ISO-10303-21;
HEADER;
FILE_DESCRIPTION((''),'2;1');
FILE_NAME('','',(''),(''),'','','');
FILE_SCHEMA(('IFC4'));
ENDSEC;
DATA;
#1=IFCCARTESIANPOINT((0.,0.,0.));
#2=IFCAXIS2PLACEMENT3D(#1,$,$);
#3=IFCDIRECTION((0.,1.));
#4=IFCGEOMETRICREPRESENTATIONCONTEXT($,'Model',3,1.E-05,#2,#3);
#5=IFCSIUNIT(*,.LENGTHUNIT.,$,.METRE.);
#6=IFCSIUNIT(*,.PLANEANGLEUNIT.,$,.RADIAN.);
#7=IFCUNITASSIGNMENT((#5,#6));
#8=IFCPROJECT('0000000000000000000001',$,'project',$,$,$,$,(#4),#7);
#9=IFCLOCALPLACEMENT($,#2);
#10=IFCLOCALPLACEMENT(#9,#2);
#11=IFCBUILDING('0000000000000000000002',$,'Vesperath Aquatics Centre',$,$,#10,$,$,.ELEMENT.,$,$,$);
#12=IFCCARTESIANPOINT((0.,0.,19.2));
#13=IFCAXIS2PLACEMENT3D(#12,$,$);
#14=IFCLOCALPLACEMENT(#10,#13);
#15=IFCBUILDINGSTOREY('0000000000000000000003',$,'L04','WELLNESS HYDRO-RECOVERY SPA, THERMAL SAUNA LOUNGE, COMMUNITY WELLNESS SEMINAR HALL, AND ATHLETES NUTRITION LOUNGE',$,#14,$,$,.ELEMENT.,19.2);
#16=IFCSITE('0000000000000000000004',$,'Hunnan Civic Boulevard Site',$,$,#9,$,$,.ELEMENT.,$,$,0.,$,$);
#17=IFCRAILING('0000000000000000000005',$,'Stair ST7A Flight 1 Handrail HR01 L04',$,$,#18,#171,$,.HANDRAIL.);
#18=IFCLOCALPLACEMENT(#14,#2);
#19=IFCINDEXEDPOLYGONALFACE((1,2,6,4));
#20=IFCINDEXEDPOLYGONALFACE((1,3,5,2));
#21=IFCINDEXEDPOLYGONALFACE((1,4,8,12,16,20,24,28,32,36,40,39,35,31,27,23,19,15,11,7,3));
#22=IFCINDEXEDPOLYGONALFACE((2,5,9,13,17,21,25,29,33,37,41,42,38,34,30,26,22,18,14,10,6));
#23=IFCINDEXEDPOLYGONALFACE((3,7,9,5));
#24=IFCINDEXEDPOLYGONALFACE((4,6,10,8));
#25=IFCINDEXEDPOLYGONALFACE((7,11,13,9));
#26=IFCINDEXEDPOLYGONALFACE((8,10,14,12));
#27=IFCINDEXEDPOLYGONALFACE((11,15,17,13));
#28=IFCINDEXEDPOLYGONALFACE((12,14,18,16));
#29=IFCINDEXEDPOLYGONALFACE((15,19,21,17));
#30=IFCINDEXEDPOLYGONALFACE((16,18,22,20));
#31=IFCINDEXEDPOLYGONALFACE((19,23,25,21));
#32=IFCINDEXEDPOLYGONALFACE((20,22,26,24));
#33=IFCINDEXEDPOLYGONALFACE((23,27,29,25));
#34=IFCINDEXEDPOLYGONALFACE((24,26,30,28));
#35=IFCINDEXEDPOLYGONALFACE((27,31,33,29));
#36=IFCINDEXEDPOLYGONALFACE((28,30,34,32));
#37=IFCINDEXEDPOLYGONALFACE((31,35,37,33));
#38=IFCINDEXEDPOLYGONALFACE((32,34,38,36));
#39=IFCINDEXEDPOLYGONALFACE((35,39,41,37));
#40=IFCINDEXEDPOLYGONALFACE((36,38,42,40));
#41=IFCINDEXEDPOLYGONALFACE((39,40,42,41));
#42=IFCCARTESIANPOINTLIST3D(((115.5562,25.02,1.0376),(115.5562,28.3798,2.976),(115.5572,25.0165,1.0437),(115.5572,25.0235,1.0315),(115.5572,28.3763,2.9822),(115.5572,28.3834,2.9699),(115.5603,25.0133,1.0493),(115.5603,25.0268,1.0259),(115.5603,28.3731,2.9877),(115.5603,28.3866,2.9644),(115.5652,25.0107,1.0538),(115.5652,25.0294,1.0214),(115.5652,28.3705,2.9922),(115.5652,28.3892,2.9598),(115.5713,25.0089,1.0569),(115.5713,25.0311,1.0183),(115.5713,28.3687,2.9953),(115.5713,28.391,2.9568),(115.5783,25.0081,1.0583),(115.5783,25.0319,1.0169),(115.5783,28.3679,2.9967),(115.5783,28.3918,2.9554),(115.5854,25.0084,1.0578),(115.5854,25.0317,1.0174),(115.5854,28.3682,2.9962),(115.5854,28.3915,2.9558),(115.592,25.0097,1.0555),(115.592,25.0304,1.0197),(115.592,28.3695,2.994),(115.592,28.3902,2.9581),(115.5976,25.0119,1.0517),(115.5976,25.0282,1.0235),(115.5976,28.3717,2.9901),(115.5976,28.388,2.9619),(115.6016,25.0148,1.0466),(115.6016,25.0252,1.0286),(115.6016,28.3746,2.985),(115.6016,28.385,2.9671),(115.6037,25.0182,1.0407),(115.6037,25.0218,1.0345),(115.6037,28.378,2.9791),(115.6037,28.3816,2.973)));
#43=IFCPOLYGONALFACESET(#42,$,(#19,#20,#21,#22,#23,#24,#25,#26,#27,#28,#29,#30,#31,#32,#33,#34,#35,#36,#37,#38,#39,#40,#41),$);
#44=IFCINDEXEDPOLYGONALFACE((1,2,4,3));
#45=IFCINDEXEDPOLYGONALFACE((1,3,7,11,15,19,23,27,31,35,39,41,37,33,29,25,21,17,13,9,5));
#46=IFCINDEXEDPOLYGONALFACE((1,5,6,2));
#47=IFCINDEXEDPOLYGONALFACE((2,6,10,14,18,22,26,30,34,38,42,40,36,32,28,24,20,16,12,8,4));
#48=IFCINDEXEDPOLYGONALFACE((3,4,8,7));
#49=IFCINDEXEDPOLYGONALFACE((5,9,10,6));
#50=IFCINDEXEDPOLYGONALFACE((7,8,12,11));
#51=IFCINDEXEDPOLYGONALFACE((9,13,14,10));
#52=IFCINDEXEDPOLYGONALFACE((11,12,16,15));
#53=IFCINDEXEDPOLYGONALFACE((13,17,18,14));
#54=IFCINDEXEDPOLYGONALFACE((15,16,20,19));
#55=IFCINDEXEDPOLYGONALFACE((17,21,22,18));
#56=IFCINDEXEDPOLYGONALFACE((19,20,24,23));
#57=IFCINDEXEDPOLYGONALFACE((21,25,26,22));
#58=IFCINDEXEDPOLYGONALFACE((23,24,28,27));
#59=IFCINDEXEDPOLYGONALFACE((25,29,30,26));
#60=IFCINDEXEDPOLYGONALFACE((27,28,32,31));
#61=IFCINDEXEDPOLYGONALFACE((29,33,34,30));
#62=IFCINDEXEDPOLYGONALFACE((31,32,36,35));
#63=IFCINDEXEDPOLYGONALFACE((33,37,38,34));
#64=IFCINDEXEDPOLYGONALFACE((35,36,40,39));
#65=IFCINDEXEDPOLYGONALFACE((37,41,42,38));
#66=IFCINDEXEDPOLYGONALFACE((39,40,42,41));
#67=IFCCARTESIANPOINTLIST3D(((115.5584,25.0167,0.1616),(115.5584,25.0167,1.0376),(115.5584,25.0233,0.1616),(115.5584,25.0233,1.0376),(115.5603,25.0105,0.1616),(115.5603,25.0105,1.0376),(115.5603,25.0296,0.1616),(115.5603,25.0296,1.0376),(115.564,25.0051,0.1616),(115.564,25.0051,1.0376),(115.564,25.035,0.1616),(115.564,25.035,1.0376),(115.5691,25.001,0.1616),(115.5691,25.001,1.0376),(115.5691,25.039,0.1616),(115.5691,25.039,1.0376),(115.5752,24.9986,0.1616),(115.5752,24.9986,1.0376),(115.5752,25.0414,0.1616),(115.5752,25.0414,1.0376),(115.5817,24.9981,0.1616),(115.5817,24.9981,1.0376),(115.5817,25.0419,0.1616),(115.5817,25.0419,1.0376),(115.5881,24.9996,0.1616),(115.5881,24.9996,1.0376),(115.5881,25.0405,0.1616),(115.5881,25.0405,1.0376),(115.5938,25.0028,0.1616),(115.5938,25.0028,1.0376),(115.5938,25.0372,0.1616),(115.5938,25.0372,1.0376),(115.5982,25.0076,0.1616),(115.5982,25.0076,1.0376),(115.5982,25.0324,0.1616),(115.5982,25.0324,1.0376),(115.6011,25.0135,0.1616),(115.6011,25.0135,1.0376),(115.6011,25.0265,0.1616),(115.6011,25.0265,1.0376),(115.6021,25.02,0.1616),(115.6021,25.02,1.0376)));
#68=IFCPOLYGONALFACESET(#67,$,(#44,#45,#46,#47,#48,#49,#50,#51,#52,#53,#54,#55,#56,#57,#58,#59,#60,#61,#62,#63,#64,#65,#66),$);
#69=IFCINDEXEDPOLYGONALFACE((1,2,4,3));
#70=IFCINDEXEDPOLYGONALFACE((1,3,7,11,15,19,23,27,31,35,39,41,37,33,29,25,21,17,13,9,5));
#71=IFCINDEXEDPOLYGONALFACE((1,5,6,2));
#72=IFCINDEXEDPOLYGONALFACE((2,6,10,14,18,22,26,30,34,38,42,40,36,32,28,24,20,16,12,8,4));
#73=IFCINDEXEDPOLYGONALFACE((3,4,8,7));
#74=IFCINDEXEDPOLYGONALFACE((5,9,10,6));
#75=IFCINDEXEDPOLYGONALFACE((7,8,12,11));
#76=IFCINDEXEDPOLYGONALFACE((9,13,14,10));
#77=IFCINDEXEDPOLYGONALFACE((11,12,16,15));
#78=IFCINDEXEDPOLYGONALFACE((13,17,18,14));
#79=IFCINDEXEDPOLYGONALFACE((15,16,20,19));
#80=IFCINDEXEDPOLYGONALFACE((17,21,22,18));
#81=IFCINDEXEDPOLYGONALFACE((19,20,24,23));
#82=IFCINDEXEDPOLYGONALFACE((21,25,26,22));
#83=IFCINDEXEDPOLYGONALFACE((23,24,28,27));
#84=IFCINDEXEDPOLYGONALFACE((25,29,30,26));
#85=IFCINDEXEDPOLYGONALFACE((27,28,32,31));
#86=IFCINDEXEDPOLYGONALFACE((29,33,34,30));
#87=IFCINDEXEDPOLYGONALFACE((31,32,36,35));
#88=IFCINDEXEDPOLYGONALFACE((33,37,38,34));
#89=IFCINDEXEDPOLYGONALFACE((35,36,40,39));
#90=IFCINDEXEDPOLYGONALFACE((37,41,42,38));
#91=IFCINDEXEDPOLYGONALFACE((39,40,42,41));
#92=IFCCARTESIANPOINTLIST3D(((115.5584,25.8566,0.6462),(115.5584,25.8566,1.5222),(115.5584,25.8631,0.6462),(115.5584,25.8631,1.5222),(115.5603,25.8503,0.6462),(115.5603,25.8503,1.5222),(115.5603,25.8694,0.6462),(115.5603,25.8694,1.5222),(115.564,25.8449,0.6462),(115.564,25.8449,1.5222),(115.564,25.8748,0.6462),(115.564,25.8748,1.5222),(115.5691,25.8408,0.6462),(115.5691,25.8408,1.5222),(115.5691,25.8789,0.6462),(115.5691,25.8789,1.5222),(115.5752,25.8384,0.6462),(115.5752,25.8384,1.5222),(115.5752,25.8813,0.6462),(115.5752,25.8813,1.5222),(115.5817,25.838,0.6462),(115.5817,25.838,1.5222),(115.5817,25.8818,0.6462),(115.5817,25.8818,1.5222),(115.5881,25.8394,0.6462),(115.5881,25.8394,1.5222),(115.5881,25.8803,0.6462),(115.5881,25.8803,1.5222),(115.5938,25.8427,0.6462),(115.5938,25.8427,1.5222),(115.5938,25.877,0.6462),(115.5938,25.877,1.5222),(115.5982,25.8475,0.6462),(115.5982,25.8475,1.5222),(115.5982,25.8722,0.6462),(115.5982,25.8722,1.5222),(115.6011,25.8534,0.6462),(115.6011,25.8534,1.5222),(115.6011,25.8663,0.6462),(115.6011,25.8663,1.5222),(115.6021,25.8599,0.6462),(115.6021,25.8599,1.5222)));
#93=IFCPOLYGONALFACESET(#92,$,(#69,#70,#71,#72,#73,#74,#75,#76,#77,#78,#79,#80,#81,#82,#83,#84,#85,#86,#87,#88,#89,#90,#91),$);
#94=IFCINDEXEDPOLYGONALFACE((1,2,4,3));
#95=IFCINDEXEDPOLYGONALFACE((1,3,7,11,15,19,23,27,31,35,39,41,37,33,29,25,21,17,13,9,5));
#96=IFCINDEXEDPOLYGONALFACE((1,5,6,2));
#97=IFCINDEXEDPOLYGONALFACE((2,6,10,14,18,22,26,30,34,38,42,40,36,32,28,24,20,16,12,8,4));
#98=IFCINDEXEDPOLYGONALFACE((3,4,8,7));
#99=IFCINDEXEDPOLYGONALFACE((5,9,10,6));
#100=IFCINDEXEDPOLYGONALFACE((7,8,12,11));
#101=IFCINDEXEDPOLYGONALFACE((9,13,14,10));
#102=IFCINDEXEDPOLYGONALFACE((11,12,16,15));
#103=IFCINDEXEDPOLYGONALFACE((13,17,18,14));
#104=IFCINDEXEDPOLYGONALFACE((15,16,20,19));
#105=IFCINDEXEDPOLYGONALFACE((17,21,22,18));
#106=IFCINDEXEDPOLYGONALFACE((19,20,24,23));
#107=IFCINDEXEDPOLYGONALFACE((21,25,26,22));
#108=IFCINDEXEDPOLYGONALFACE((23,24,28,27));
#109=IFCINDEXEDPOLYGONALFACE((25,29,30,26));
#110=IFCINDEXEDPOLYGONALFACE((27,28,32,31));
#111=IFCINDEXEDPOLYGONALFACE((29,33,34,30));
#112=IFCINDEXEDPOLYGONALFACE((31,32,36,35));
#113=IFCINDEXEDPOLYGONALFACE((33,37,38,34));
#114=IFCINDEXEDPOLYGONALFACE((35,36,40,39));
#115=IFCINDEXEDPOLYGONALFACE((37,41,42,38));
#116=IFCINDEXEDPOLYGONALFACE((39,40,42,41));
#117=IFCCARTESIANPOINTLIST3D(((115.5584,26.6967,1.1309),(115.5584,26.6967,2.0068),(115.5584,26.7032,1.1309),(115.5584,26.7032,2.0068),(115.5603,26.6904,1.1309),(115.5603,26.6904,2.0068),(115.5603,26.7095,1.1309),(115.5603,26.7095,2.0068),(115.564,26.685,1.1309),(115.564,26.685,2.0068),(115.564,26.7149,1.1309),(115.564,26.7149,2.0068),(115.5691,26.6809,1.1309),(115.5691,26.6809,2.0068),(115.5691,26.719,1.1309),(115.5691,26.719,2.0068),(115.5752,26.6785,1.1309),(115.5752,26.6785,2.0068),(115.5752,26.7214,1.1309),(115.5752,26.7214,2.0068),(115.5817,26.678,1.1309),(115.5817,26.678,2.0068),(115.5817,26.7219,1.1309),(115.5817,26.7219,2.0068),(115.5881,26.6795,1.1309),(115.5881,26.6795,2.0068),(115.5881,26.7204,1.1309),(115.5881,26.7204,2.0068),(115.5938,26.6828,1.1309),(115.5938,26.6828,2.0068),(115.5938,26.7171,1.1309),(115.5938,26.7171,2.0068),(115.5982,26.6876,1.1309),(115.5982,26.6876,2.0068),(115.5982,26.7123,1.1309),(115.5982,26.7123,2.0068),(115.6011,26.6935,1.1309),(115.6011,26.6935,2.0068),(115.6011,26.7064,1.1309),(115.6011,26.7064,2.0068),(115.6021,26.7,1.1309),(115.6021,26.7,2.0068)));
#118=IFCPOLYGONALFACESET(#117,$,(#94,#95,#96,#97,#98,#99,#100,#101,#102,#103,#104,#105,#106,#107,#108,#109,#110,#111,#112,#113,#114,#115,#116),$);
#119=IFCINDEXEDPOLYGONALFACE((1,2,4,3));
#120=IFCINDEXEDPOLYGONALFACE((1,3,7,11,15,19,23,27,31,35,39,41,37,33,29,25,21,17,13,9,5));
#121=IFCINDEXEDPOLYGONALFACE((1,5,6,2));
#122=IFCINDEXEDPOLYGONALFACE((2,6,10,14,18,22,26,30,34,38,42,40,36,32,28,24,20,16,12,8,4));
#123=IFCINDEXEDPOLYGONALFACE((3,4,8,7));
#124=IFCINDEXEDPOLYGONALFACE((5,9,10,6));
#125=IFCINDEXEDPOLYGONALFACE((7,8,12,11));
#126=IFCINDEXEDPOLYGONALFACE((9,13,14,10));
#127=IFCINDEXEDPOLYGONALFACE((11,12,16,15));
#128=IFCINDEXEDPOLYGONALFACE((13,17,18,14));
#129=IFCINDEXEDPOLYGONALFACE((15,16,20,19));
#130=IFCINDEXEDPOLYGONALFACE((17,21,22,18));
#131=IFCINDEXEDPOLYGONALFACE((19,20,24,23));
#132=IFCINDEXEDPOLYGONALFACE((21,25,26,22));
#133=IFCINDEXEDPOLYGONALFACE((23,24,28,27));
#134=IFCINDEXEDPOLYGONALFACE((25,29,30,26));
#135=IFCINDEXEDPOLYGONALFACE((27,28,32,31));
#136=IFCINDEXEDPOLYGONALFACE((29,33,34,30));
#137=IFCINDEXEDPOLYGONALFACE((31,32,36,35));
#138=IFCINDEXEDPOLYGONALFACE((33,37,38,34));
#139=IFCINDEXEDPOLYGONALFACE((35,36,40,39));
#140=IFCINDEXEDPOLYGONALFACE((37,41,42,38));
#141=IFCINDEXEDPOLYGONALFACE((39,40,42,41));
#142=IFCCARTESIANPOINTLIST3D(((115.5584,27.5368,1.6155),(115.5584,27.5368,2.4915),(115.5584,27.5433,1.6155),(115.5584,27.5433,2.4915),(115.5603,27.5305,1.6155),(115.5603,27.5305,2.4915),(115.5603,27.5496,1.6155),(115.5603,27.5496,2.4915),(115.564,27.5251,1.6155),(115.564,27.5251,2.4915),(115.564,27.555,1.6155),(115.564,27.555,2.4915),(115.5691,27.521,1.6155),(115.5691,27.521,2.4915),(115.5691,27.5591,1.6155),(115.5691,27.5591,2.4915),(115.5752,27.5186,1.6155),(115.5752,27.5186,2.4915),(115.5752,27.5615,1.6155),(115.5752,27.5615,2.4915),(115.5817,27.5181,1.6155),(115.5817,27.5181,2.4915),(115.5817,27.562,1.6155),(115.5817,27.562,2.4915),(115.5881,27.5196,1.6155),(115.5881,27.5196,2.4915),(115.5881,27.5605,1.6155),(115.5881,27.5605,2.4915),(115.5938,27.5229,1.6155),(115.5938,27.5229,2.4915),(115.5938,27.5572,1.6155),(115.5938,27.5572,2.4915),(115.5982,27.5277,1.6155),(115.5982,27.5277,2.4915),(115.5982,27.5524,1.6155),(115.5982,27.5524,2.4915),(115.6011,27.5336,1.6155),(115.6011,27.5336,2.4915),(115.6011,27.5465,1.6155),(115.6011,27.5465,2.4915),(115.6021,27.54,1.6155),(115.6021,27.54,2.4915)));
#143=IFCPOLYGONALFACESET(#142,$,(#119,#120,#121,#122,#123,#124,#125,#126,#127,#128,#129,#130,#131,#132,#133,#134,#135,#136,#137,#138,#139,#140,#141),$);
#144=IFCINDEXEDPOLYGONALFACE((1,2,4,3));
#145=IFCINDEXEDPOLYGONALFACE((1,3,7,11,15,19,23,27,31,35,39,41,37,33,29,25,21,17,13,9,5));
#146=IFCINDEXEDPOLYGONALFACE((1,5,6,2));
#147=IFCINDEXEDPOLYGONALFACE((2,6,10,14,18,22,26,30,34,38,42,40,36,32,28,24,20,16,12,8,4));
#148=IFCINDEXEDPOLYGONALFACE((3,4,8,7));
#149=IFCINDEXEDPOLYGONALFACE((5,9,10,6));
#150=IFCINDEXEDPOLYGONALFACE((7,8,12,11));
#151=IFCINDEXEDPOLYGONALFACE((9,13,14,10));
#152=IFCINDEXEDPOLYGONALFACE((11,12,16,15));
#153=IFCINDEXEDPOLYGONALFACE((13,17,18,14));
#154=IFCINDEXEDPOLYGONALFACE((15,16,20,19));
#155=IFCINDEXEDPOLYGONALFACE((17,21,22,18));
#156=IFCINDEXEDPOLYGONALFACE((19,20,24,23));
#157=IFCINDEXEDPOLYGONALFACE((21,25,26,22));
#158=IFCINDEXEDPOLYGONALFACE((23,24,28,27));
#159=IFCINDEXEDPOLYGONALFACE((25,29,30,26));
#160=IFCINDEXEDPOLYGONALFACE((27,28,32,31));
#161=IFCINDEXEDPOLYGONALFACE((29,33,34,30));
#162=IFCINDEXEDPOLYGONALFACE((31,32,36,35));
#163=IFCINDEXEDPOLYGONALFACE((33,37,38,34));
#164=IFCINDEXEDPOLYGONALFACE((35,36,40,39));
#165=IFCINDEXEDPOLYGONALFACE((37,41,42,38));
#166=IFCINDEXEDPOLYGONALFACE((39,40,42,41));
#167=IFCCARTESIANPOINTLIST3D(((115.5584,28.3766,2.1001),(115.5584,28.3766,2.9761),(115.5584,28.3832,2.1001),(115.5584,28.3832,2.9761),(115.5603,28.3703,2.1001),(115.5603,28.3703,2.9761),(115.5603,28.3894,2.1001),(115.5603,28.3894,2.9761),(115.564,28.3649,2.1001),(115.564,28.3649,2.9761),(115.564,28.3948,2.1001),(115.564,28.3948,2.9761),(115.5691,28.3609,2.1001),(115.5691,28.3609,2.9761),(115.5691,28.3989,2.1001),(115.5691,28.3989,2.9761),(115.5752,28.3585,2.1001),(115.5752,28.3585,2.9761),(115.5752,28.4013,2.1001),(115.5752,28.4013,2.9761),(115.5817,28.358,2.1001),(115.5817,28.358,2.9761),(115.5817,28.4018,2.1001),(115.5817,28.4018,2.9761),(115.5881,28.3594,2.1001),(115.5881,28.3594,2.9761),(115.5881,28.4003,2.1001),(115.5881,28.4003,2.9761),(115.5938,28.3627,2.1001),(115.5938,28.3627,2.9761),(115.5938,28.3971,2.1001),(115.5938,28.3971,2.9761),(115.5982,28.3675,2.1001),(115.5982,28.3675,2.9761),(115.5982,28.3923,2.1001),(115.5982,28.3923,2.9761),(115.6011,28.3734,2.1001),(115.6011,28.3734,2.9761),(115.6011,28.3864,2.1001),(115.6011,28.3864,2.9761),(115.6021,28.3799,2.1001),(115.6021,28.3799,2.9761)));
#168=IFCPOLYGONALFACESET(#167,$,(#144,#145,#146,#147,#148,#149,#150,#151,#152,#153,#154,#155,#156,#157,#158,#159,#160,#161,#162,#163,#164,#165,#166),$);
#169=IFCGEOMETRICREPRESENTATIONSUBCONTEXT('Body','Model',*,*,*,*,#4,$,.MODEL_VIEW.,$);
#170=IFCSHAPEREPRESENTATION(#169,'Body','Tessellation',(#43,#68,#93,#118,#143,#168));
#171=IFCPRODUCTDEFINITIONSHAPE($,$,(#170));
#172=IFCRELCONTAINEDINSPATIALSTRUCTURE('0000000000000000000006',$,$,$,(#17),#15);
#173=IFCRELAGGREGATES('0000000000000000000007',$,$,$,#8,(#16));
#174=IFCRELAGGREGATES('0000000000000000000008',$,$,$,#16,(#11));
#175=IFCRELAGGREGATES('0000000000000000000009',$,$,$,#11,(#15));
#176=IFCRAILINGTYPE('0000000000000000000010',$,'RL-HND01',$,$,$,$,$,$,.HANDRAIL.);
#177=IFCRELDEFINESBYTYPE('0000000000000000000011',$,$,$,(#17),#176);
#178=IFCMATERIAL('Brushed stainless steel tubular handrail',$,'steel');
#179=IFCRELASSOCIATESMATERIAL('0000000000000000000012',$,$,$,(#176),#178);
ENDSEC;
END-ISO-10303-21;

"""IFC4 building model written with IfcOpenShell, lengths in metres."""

from ifc_helpers import new_model, si_unit, direction, frame, origin, origin_2d, place, context, subcontext, project, spatial, circle, extrude, material, type_object, element, save


model = new_model("IFC4")

# Units and contexts
model_context = context("Model", 3, precision=1e-05, world=origin(), true_north=direction((0.0, 1.0)))
body_context = subcontext(model_context, "Body", "Model", "MODEL_VIEW")
ifc_project = project(units=[si_unit("LENGTHUNIT", "METRE"), si_unit("PLANEANGLEUNIT", "RADIAN")], contexts=[model_context])

# Site, building, storey
site_placement = place(None, origin())
site = spatial("IfcSite", under=ifc_project, at=site_placement, Name="Hunnan Civic Boulevard Site", CompositionType="ELEMENT", RefElevation=0.0)
building_placement = place(site_placement, origin())
building = spatial("IfcBuilding", under=site, at=building_placement, Name="Vesperath Aquatics Centre", CompositionType="ELEMENT")
storey_placement = place(building_placement, frame((0.0, 0.0, 19.2)))
storey = spatial("IfcBuildingStorey", under=building, at=storey_placement, Name="L04", Description="WELLNESS HYDRO-RECOVERY SPA, THERMAL SAUNA LOUNGE, COMMUNITY WELLNESS SEMINAR HALL, AND ATHLETES NUTRITION LOUNGE", CompositionType="ELEMENT", Elevation=19.2)

# Railing
ifc_material_1 = material(Name="Brushed stainless steel tubular handrail", Category="steel")
railing_type_1 = type_object("IfcRailingType", Name="RL-HND01", PredefinedType="HANDRAIL", material=ifc_material_1)
railing_1_placement = place(storey_placement, frame((115.5801, 25.02, 0.1616)))
element("IfcRailing", 1, at=railing_1_placement, inside=storey, type_object=railing_type_1, Name="Stair ST7A Flight 1 Handrail HR01 L04", PredefinedType="HANDRAIL", context=body_context, shape_type="SweptSolid", body=[
    extrude(circle(Radius=0.0239, at=origin_2d()), frame((0.0, 0.0, 0.876), z_axis=(0.0, 0.866175, 0.499741), x_axis=(-1.0, 0.0, 0.0)), (0.0, 0.0, 1.0), 3.8789),
    extrude(circle(Radius=0.022, at=origin_2d()), origin(), (0.0, 0.0, 1.0), 0.876),
    extrude(circle(Radius=0.022, at=origin_2d()), frame((0.0, 0.8398, 0.4846)), (0.0, 0.0, 1.0), 0.876),
    extrude(circle(Radius=0.022, at=origin_2d()), frame((0.0, 1.6799, 0.9692)), (0.0, 0.0, 1.0), 0.876),
    extrude(circle(Radius=0.022, at=origin_2d()), frame((0.0, 2.52, 1.4539)), (0.0, 0.0, 1.0), 0.876),
    extrude(circle(Radius=0.022, at=origin_2d()), frame((0.0, 3.3599, 1.9385)), (0.0, 0.0, 1.0), 0.876),
])

save(model, "model.ifc")
